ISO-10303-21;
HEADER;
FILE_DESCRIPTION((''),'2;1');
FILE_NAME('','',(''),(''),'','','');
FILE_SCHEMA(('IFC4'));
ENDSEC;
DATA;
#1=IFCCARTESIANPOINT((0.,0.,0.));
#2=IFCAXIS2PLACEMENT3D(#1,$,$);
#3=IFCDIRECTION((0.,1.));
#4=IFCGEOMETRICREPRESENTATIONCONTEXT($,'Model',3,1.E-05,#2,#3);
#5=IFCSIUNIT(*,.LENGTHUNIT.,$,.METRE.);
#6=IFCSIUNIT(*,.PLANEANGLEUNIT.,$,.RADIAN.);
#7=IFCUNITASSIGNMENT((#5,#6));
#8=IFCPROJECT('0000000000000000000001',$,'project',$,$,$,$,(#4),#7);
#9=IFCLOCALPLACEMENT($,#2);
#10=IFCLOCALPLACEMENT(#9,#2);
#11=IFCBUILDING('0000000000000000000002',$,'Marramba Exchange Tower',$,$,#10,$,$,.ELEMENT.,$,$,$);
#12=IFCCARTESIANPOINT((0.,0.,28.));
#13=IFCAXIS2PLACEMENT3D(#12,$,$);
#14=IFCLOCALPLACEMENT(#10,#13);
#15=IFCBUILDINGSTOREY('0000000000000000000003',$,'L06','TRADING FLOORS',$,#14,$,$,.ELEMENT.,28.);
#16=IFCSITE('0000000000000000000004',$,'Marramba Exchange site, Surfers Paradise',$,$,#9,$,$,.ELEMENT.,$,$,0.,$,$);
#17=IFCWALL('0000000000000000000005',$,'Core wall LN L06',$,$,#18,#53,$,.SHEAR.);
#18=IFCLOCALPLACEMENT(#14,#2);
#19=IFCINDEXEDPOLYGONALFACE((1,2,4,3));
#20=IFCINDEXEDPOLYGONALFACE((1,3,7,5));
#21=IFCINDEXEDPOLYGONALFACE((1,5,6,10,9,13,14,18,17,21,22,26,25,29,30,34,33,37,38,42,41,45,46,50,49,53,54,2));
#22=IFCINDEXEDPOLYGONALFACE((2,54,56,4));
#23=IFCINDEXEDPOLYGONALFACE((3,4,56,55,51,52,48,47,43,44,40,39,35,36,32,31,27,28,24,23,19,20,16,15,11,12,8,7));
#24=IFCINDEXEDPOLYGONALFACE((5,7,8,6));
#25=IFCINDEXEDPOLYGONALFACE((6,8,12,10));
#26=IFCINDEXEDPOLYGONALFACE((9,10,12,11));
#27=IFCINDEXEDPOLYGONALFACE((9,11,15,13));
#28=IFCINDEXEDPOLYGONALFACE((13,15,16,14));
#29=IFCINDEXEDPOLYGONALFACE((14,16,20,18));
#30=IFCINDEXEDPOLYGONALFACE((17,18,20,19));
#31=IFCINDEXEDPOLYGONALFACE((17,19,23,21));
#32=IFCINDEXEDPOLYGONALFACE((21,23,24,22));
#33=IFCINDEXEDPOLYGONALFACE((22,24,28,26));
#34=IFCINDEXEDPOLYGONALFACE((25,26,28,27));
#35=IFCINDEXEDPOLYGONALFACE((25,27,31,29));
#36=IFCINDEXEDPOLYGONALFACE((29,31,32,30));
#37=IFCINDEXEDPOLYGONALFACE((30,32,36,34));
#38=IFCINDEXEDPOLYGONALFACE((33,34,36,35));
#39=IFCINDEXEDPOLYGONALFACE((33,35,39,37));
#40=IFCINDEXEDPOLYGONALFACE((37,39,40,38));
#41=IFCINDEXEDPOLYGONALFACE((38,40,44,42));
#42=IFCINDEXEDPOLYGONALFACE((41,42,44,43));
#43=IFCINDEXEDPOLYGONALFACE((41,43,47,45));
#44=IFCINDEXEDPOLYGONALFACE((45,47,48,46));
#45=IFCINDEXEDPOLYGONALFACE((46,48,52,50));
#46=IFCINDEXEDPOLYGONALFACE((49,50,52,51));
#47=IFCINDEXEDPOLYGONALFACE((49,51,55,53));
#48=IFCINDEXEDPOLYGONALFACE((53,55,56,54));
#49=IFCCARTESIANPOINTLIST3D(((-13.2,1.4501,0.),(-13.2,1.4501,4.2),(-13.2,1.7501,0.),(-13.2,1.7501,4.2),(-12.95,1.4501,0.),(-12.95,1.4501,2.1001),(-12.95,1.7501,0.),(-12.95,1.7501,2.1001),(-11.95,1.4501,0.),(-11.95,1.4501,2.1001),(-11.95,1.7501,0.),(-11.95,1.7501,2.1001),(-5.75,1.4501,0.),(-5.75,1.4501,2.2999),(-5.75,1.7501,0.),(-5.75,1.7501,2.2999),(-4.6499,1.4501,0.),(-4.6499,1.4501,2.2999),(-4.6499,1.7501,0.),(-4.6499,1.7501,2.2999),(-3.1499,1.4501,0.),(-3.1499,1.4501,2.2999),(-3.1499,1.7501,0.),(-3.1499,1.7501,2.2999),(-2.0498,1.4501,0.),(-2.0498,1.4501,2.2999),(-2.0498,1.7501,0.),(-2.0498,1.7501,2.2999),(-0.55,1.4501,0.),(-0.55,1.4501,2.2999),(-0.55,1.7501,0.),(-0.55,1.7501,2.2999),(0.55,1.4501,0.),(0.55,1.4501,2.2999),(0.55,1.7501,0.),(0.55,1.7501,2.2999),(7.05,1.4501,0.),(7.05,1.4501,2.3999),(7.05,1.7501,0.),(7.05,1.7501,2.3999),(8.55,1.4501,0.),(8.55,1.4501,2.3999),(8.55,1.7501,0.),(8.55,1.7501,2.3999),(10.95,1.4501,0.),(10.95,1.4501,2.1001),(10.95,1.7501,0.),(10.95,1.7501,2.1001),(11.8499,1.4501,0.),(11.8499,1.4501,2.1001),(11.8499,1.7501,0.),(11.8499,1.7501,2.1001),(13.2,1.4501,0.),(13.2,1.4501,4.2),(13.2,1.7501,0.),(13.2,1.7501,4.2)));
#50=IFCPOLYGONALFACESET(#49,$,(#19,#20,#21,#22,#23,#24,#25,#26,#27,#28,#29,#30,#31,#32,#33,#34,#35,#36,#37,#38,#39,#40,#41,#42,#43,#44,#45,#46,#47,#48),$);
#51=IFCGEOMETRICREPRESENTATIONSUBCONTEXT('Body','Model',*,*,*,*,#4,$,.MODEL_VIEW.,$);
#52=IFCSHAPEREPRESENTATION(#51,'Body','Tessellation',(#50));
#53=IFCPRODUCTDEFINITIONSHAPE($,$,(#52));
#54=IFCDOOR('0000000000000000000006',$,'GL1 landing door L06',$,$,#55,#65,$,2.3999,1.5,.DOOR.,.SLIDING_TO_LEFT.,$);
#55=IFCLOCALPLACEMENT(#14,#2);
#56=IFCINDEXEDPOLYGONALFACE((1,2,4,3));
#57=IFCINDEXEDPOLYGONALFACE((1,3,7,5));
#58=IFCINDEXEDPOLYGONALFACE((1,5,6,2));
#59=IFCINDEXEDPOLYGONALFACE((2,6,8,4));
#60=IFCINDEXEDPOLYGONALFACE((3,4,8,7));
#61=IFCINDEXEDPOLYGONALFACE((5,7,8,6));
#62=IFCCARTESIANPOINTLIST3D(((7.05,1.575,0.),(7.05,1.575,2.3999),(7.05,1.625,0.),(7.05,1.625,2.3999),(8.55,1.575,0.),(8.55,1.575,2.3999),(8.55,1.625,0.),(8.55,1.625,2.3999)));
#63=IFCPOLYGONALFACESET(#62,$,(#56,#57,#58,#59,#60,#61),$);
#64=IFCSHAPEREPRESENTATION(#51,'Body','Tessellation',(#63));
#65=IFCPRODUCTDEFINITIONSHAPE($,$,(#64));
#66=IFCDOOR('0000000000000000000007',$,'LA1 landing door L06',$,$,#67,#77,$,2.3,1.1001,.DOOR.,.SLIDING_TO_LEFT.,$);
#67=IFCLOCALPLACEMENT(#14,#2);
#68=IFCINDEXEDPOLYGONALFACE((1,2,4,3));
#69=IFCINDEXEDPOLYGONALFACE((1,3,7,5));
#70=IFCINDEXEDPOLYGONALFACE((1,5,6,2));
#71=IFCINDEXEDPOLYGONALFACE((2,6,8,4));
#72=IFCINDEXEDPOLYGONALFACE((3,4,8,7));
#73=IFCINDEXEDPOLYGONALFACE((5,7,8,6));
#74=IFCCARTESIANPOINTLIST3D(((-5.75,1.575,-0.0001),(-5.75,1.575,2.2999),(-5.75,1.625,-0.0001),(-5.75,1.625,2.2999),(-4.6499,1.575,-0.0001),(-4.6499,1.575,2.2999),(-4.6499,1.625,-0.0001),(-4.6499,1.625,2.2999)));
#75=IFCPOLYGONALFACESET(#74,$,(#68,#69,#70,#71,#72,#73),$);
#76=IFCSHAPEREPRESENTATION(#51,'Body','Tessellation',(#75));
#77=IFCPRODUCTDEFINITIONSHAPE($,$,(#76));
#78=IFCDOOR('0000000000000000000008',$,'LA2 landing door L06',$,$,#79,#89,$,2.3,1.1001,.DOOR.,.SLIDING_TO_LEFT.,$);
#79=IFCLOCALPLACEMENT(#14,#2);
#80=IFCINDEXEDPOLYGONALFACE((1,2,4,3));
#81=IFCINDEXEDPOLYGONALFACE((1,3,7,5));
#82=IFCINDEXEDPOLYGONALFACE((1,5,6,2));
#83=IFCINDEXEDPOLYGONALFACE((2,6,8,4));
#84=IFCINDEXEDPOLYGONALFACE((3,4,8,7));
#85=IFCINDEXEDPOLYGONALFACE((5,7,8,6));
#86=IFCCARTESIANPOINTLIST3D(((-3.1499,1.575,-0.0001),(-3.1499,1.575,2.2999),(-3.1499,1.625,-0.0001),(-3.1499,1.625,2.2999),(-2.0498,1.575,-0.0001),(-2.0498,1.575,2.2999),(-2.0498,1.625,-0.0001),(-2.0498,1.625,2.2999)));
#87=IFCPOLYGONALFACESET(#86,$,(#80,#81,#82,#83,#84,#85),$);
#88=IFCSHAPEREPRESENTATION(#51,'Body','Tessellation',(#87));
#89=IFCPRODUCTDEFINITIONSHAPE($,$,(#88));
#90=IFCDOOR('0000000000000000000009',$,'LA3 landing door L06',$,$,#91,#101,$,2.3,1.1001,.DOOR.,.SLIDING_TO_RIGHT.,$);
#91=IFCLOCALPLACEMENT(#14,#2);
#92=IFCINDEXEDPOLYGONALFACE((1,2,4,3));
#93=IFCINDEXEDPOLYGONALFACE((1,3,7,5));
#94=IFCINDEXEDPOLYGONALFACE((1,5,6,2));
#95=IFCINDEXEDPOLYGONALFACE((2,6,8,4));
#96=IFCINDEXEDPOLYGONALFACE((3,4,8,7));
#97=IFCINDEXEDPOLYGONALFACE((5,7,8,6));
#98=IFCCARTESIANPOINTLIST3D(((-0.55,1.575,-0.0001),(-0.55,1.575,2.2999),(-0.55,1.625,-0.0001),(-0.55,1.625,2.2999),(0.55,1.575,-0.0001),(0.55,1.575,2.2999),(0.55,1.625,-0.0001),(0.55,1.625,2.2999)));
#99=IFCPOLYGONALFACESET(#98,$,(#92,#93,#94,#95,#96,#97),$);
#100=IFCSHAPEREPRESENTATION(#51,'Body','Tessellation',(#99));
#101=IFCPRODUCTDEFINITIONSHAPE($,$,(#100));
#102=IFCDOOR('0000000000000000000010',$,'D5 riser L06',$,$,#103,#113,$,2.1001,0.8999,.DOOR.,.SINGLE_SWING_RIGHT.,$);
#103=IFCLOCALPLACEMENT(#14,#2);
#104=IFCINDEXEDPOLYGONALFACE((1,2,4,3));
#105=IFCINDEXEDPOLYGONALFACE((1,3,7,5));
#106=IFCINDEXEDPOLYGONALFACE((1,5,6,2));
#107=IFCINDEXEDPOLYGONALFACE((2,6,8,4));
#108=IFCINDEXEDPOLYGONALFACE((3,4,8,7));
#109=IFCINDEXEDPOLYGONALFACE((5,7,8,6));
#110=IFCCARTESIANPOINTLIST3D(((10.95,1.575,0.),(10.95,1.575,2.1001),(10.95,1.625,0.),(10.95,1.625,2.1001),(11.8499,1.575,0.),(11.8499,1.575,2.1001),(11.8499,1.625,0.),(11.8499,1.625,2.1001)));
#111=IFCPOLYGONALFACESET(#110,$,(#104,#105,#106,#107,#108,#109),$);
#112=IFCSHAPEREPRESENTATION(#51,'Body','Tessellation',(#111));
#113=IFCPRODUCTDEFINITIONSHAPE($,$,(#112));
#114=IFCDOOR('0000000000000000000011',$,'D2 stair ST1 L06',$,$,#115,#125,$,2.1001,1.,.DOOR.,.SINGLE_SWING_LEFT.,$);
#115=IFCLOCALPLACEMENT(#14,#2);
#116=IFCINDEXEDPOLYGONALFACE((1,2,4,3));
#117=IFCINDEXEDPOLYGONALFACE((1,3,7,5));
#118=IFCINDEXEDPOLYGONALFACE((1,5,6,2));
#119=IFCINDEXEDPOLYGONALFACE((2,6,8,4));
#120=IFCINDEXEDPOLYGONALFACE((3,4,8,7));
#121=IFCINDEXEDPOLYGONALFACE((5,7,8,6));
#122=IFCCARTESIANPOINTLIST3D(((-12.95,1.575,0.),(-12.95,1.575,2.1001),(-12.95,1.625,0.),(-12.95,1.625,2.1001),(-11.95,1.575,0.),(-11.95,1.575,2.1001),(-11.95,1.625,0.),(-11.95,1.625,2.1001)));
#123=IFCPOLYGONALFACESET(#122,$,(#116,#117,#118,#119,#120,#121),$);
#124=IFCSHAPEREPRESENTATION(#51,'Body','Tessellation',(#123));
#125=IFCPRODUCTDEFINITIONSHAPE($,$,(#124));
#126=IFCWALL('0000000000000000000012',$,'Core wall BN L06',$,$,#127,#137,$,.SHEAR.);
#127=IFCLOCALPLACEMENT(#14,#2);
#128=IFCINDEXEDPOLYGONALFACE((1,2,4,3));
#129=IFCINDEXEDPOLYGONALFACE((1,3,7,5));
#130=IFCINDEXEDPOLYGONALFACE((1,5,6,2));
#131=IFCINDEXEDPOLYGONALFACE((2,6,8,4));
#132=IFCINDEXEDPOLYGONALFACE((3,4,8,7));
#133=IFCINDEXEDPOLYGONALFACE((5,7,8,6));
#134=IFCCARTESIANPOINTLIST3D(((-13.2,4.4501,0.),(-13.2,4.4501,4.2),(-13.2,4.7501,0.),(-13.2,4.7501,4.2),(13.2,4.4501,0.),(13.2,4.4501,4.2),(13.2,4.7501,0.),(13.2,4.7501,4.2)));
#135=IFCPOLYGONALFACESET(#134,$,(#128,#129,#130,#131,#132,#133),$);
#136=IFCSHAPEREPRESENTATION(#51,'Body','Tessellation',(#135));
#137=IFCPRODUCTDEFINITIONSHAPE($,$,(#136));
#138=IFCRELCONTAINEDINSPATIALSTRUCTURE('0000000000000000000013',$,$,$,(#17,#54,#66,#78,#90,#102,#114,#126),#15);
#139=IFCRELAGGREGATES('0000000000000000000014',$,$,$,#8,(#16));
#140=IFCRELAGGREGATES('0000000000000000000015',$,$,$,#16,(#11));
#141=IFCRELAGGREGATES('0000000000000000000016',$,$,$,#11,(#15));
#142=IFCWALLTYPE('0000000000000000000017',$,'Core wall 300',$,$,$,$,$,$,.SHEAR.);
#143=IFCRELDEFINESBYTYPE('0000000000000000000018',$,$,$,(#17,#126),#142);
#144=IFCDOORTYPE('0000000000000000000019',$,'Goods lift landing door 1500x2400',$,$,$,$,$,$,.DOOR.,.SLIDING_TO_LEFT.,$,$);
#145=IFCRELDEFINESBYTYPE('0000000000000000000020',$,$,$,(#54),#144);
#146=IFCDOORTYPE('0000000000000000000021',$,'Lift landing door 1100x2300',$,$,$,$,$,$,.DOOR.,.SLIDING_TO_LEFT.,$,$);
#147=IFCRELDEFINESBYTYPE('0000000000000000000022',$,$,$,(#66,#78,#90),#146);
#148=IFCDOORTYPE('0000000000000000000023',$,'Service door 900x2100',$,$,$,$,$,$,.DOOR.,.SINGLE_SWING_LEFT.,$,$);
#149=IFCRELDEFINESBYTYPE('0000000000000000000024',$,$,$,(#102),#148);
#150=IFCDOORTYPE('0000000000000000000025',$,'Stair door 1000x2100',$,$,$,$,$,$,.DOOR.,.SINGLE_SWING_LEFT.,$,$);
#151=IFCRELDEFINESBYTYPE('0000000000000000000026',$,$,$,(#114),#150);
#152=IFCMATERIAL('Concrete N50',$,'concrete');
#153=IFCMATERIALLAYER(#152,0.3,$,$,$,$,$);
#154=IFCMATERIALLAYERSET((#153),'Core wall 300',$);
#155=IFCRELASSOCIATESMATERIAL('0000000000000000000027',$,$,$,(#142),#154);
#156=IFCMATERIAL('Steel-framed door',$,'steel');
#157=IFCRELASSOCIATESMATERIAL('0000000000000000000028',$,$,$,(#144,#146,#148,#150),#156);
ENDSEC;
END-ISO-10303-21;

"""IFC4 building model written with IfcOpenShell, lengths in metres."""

from ifc_helpers import new_model, si_unit, direction, frame, frame_2d, origin, place, context, subcontext, project, spatial, rectangle, extrude, material, layer, layer_set, type_object, element, fill, save


model = new_model("IFC4")

# Units and contexts
model_context = context("Model", 3, precision=1e-05, world=origin(), true_north=direction((0.0, 1.0)))
body_context = subcontext(model_context, "Body", "Model", "MODEL_VIEW")
ifc_project = project(units=[si_unit("LENGTHUNIT", "METRE"), si_unit("PLANEANGLEUNIT", "RADIAN")], contexts=[model_context])

# Site, building, storey
site_placement = place(None, origin())
site = spatial("IfcSite", under=ifc_project, at=site_placement, Name="Marramba Exchange site, Surfers Paradise", CompositionType="ELEMENT", RefElevation=0.0)
building_placement = place(site_placement, origin())
building = spatial("IfcBuilding", under=site, at=building_placement, Name="Marramba Exchange Tower", CompositionType="ELEMENT")
storey_placement = place(building_placement, frame((0.0, 0.0, 28.0)))
storey = spatial("IfcBuildingStorey", under=building, at=storey_placement, Name="L06", Description="TRADING FLOORS", CompositionType="ELEMENT", Elevation=28.0)

# Shared definitions
ifc_material_1 = material(Name="Concrete N50", Category="concrete")

# Shared definitions
ifc_material_2 = material(Name="Steel-framed door", Category="steel")

# Wall, openings, doors
ifc_layer_1 = layer(ifc_material_1, 0.3)
ifc_layer_set_1 = layer_set([ifc_layer_1], Name="Core wall 300")
wall_type_1 = type_object("IfcWallType", Name="Core wall 300", PredefinedType="SHEAR", material=ifc_layer_set_1)
wall_1_placement = place(storey_placement, frame((-13.2, 1.6001, 0.0), z_axis=(0.0, 0.0, 1.0), x_axis=(1.0, 0.0, 0.0)))
wall_1 = element("IfcWall", 1, at=wall_1_placement, inside=storey, type_object=wall_type_1, Name="Core wall LN L06", PredefinedType="SHEAR", context=body_context, shape_type="SweptSolid", body=[
    extrude(rectangle(XDim=26.3999, YDim=0.3, at=frame_2d((13.2, 0.0))), origin(), (0.0, 0.0, 1.0), 4.2),
])
opening_1_placement = place(wall_1_placement, frame((0.25, 0.0, 0.0)))
opening_1 = element("IfcOpeningElement", 2, at=opening_1_placement, cuts=wall_1, PredefinedType="OPENING", context=body_context, shape_type="SweptSolid", body=[
    extrude(rectangle(XDim=1.0, YDim=2.1001, at=frame_2d((0.5, 1.05))), frame((0.0, 0.1599, 0.0), z_axis=(0.0, -1.0, 0.0), x_axis=(1.0, 0.0, 0.0)), (0.0, 0.0, 1.0), 0.3201),
])
opening_2_placement = place(wall_1_placement, frame((20.25, 0.0, 0.0)))
opening_2 = element("IfcOpeningElement", 3, at=opening_2_placement, cuts=wall_1, PredefinedType="OPENING", context=body_context, shape_type="SweptSolid", body=[
    extrude(rectangle(XDim=1.5, YDim=2.3999, at=frame_2d((0.75, 1.2))), frame((0.0, 0.1599, 0.0), z_axis=(0.0, -1.0, 0.0), x_axis=(1.0, 0.0, 0.0)), (0.0, 0.0, 1.0), 0.3201),
])
opening_3_placement = place(wall_1_placement, frame((7.45, 0.0, 0.0)))
opening_3 = element("IfcOpeningElement", 4, at=opening_3_placement, cuts=wall_1, PredefinedType="OPENING", context=body_context, shape_type="SweptSolid", body=[
    extrude(rectangle(XDim=1.1001, YDim=2.3, at=frame_2d((0.55, 1.1499))), frame((0.0, 0.1599, 0.0), z_axis=(0.0, -1.0, 0.0), x_axis=(1.0, 0.0, 0.0)), (0.0, 0.0, 1.0), 0.3201),
])
opening_4_placement = place(wall_1_placement, frame((10.05, 0.0, 0.0)))
opening_4 = element("IfcOpeningElement", 5, at=opening_4_placement, cuts=wall_1, PredefinedType="OPENING", context=body_context, shape_type="SweptSolid", body=[
    extrude(rectangle(XDim=1.1001, YDim=2.3, at=frame_2d((0.55, 1.1499))), frame((0.0, 0.1599, 0.0), z_axis=(0.0, -1.0, 0.0), x_axis=(1.0, 0.0, 0.0)), (0.0, 0.0, 1.0), 0.3201),
])
opening_5_placement = place(wall_1_placement, frame((12.6499, 0.0, 0.0)))
opening_5 = element("IfcOpeningElement", 6, at=opening_5_placement, cuts=wall_1, PredefinedType="OPENING", context=body_context, shape_type="SweptSolid", body=[
    extrude(rectangle(XDim=1.1001, YDim=2.3, at=frame_2d((0.55, 1.1499))), frame((0.0, 0.1599, 0.0), z_axis=(0.0, -1.0, 0.0), x_axis=(1.0, 0.0, 0.0)), (0.0, 0.0, 1.0), 0.3201),
])
opening_6_placement = place(wall_1_placement, frame((24.1499, 0.0, 0.0)))
opening_6 = element("IfcOpeningElement", 7, at=opening_6_placement, cuts=wall_1, PredefinedType="OPENING", context=body_context, shape_type="SweptSolid", body=[
    extrude(rectangle(XDim=0.8999, YDim=2.1001, at=frame_2d((0.45, 1.05))), frame((0.0, 0.1599, 0.0), z_axis=(0.0, -1.0, 0.0), x_axis=(1.0, 0.0, 0.0)), (0.0, 0.0, 1.0), 0.3201),
])
door_type_1 = type_object("IfcDoorType", Name="Goods lift landing door 1500x2400", OperationType="SLIDING_TO_LEFT", PredefinedType="DOOR", material=ifc_material_2)
door_1_placement = place(opening_2_placement, origin())
door_1 = element("IfcDoor", 8, at=door_1_placement, inside=storey, type_object=door_type_1, Name="GL1 landing door L06", OperationType="SLIDING_TO_LEFT", OverallHeight=2.3999, OverallWidth=1.5, PredefinedType="DOOR", context=body_context, shape_type="SweptSolid", body=[
    extrude(rectangle(XDim=1.5, YDim=2.3999, at=frame_2d((0.75, 1.2))), frame((0.0, 0.0249, 0.0), z_axis=(0.0, -1.0, 0.0), x_axis=(1.0, 0.0, 0.0)), (0.0, 0.0, 1.0), 0.05),
])
fill(opening_2, door_1)
door_type_2 = type_object("IfcDoorType", Name="Lift landing door 1100x2300", OperationType="SLIDING_TO_LEFT", PredefinedType="DOOR", material=ifc_material_2)
door_2_placement = place(opening_3_placement, origin())
door_2 = element("IfcDoor", 9, at=door_2_placement, inside=storey, type_object=door_type_2, Name="LA1 landing door L06", OperationType="SLIDING_TO_LEFT", OverallHeight=2.3, OverallWidth=1.1001, PredefinedType="DOOR", context=body_context, shape_type="SweptSolid", body=[
    extrude(rectangle(XDim=1.1001, YDim=2.3, at=frame_2d((0.55, 1.1499))), frame((0.0, 0.0249, 0.0), z_axis=(0.0, -1.0, 0.0), x_axis=(1.0, 0.0, 0.0)), (0.0, 0.0, 1.0), 0.05),
])
fill(opening_3, door_2)
door_3_placement = place(opening_4_placement, origin())
door_3 = element("IfcDoor", 10, at=door_3_placement, inside=storey, type_object=door_type_2, Name="LA2 landing door L06", OperationType="SLIDING_TO_LEFT", OverallHeight=2.3, OverallWidth=1.1001, PredefinedType="DOOR", context=body_context, shape_type="SweptSolid", body=[
    extrude(rectangle(XDim=1.1001, YDim=2.3, at=frame_2d((0.55, 1.1499))), frame((0.0, 0.0249, 0.0), z_axis=(0.0, -1.0, 0.0), x_axis=(1.0, 0.0, 0.0)), (0.0, 0.0, 1.0), 0.05),
])
fill(opening_4, door_3)
door_4_placement = place(opening_5_placement, origin())
door_4 = element("IfcDoor", 11, at=door_4_placement, inside=storey, type_object=door_type_2, Name="LA3 landing door L06", OperationType="SLIDING_TO_RIGHT", OverallHeight=2.3, OverallWidth=1.1001, PredefinedType="DOOR", context=body_context, shape_type="SweptSolid", body=[
    extrude(rectangle(XDim=1.1001, YDim=2.3, at=frame_2d((0.55, 1.1499))), frame((0.0, 0.0249, 0.0), z_axis=(0.0, -1.0, 0.0), x_axis=(1.0, 0.0, 0.0)), (0.0, 0.0, 1.0), 0.05),
])
fill(opening_5, door_4)
door_type_3 = type_object("IfcDoorType", Name="Service door 900x2100", OperationType="SINGLE_SWING_LEFT", PredefinedType="DOOR", material=ifc_material_2)
door_5_placement = place(opening_6_placement, origin())
door_5 = element("IfcDoor", 12, at=door_5_placement, inside=storey, type_object=door_type_3, Name="D5 riser L06", OperationType="SINGLE_SWING_RIGHT", OverallHeight=2.1001, OverallWidth=0.8999, PredefinedType="DOOR", context=body_context, shape_type="SweptSolid", body=[
    extrude(rectangle(XDim=0.8999, YDim=2.1001, at=frame_2d((0.45, 1.05))), frame((0.0, 0.0249, 0.0), z_axis=(0.0, -1.0, 0.0), x_axis=(1.0, 0.0, 0.0)), (0.0, 0.0, 1.0), 0.05),
])
fill(opening_6, door_5)
door_type_4 = type_object("IfcDoorType", Name="Stair door 1000x2100", OperationType="SINGLE_SWING_LEFT", PredefinedType="DOOR", material=ifc_material_2)
door_6_placement = place(opening_1_placement, origin())
door_6 = element("IfcDoor", 13, at=door_6_placement, inside=storey, type_object=door_type_4, Name="D2 stair ST1 L06", OperationType="SINGLE_SWING_LEFT", OverallHeight=2.1001, OverallWidth=1.0, PredefinedType="DOOR", context=body_context, shape_type="SweptSolid", body=[
    extrude(rectangle(XDim=1.0, YDim=2.1001, at=frame_2d((0.5, 1.05))), frame((0.0, 0.0249, 0.0), z_axis=(0.0, -1.0, 0.0), x_axis=(1.0, 0.0, 0.0)), (0.0, 0.0, 1.0), 0.05),
])
fill(opening_1, door_6)

# Wall
wall_2_placement = place(storey_placement, frame((-13.2, 4.6001, 0.0), z_axis=(0.0, 0.0, 1.0), x_axis=(1.0, 0.0, 0.0)))
element("IfcWall", 14, at=wall_2_placement, inside=storey, type_object=wall_type_1, Name="Core wall BN L06", PredefinedType="SHEAR", context=body_context, shape_type="SweptSolid", body=[
    extrude(rectangle(XDim=26.3999, YDim=0.3, at=frame_2d((13.2, 0.0))), origin(), (0.0, 0.0, 1.0), 4.2),
])

save(model, "model.ifc")
